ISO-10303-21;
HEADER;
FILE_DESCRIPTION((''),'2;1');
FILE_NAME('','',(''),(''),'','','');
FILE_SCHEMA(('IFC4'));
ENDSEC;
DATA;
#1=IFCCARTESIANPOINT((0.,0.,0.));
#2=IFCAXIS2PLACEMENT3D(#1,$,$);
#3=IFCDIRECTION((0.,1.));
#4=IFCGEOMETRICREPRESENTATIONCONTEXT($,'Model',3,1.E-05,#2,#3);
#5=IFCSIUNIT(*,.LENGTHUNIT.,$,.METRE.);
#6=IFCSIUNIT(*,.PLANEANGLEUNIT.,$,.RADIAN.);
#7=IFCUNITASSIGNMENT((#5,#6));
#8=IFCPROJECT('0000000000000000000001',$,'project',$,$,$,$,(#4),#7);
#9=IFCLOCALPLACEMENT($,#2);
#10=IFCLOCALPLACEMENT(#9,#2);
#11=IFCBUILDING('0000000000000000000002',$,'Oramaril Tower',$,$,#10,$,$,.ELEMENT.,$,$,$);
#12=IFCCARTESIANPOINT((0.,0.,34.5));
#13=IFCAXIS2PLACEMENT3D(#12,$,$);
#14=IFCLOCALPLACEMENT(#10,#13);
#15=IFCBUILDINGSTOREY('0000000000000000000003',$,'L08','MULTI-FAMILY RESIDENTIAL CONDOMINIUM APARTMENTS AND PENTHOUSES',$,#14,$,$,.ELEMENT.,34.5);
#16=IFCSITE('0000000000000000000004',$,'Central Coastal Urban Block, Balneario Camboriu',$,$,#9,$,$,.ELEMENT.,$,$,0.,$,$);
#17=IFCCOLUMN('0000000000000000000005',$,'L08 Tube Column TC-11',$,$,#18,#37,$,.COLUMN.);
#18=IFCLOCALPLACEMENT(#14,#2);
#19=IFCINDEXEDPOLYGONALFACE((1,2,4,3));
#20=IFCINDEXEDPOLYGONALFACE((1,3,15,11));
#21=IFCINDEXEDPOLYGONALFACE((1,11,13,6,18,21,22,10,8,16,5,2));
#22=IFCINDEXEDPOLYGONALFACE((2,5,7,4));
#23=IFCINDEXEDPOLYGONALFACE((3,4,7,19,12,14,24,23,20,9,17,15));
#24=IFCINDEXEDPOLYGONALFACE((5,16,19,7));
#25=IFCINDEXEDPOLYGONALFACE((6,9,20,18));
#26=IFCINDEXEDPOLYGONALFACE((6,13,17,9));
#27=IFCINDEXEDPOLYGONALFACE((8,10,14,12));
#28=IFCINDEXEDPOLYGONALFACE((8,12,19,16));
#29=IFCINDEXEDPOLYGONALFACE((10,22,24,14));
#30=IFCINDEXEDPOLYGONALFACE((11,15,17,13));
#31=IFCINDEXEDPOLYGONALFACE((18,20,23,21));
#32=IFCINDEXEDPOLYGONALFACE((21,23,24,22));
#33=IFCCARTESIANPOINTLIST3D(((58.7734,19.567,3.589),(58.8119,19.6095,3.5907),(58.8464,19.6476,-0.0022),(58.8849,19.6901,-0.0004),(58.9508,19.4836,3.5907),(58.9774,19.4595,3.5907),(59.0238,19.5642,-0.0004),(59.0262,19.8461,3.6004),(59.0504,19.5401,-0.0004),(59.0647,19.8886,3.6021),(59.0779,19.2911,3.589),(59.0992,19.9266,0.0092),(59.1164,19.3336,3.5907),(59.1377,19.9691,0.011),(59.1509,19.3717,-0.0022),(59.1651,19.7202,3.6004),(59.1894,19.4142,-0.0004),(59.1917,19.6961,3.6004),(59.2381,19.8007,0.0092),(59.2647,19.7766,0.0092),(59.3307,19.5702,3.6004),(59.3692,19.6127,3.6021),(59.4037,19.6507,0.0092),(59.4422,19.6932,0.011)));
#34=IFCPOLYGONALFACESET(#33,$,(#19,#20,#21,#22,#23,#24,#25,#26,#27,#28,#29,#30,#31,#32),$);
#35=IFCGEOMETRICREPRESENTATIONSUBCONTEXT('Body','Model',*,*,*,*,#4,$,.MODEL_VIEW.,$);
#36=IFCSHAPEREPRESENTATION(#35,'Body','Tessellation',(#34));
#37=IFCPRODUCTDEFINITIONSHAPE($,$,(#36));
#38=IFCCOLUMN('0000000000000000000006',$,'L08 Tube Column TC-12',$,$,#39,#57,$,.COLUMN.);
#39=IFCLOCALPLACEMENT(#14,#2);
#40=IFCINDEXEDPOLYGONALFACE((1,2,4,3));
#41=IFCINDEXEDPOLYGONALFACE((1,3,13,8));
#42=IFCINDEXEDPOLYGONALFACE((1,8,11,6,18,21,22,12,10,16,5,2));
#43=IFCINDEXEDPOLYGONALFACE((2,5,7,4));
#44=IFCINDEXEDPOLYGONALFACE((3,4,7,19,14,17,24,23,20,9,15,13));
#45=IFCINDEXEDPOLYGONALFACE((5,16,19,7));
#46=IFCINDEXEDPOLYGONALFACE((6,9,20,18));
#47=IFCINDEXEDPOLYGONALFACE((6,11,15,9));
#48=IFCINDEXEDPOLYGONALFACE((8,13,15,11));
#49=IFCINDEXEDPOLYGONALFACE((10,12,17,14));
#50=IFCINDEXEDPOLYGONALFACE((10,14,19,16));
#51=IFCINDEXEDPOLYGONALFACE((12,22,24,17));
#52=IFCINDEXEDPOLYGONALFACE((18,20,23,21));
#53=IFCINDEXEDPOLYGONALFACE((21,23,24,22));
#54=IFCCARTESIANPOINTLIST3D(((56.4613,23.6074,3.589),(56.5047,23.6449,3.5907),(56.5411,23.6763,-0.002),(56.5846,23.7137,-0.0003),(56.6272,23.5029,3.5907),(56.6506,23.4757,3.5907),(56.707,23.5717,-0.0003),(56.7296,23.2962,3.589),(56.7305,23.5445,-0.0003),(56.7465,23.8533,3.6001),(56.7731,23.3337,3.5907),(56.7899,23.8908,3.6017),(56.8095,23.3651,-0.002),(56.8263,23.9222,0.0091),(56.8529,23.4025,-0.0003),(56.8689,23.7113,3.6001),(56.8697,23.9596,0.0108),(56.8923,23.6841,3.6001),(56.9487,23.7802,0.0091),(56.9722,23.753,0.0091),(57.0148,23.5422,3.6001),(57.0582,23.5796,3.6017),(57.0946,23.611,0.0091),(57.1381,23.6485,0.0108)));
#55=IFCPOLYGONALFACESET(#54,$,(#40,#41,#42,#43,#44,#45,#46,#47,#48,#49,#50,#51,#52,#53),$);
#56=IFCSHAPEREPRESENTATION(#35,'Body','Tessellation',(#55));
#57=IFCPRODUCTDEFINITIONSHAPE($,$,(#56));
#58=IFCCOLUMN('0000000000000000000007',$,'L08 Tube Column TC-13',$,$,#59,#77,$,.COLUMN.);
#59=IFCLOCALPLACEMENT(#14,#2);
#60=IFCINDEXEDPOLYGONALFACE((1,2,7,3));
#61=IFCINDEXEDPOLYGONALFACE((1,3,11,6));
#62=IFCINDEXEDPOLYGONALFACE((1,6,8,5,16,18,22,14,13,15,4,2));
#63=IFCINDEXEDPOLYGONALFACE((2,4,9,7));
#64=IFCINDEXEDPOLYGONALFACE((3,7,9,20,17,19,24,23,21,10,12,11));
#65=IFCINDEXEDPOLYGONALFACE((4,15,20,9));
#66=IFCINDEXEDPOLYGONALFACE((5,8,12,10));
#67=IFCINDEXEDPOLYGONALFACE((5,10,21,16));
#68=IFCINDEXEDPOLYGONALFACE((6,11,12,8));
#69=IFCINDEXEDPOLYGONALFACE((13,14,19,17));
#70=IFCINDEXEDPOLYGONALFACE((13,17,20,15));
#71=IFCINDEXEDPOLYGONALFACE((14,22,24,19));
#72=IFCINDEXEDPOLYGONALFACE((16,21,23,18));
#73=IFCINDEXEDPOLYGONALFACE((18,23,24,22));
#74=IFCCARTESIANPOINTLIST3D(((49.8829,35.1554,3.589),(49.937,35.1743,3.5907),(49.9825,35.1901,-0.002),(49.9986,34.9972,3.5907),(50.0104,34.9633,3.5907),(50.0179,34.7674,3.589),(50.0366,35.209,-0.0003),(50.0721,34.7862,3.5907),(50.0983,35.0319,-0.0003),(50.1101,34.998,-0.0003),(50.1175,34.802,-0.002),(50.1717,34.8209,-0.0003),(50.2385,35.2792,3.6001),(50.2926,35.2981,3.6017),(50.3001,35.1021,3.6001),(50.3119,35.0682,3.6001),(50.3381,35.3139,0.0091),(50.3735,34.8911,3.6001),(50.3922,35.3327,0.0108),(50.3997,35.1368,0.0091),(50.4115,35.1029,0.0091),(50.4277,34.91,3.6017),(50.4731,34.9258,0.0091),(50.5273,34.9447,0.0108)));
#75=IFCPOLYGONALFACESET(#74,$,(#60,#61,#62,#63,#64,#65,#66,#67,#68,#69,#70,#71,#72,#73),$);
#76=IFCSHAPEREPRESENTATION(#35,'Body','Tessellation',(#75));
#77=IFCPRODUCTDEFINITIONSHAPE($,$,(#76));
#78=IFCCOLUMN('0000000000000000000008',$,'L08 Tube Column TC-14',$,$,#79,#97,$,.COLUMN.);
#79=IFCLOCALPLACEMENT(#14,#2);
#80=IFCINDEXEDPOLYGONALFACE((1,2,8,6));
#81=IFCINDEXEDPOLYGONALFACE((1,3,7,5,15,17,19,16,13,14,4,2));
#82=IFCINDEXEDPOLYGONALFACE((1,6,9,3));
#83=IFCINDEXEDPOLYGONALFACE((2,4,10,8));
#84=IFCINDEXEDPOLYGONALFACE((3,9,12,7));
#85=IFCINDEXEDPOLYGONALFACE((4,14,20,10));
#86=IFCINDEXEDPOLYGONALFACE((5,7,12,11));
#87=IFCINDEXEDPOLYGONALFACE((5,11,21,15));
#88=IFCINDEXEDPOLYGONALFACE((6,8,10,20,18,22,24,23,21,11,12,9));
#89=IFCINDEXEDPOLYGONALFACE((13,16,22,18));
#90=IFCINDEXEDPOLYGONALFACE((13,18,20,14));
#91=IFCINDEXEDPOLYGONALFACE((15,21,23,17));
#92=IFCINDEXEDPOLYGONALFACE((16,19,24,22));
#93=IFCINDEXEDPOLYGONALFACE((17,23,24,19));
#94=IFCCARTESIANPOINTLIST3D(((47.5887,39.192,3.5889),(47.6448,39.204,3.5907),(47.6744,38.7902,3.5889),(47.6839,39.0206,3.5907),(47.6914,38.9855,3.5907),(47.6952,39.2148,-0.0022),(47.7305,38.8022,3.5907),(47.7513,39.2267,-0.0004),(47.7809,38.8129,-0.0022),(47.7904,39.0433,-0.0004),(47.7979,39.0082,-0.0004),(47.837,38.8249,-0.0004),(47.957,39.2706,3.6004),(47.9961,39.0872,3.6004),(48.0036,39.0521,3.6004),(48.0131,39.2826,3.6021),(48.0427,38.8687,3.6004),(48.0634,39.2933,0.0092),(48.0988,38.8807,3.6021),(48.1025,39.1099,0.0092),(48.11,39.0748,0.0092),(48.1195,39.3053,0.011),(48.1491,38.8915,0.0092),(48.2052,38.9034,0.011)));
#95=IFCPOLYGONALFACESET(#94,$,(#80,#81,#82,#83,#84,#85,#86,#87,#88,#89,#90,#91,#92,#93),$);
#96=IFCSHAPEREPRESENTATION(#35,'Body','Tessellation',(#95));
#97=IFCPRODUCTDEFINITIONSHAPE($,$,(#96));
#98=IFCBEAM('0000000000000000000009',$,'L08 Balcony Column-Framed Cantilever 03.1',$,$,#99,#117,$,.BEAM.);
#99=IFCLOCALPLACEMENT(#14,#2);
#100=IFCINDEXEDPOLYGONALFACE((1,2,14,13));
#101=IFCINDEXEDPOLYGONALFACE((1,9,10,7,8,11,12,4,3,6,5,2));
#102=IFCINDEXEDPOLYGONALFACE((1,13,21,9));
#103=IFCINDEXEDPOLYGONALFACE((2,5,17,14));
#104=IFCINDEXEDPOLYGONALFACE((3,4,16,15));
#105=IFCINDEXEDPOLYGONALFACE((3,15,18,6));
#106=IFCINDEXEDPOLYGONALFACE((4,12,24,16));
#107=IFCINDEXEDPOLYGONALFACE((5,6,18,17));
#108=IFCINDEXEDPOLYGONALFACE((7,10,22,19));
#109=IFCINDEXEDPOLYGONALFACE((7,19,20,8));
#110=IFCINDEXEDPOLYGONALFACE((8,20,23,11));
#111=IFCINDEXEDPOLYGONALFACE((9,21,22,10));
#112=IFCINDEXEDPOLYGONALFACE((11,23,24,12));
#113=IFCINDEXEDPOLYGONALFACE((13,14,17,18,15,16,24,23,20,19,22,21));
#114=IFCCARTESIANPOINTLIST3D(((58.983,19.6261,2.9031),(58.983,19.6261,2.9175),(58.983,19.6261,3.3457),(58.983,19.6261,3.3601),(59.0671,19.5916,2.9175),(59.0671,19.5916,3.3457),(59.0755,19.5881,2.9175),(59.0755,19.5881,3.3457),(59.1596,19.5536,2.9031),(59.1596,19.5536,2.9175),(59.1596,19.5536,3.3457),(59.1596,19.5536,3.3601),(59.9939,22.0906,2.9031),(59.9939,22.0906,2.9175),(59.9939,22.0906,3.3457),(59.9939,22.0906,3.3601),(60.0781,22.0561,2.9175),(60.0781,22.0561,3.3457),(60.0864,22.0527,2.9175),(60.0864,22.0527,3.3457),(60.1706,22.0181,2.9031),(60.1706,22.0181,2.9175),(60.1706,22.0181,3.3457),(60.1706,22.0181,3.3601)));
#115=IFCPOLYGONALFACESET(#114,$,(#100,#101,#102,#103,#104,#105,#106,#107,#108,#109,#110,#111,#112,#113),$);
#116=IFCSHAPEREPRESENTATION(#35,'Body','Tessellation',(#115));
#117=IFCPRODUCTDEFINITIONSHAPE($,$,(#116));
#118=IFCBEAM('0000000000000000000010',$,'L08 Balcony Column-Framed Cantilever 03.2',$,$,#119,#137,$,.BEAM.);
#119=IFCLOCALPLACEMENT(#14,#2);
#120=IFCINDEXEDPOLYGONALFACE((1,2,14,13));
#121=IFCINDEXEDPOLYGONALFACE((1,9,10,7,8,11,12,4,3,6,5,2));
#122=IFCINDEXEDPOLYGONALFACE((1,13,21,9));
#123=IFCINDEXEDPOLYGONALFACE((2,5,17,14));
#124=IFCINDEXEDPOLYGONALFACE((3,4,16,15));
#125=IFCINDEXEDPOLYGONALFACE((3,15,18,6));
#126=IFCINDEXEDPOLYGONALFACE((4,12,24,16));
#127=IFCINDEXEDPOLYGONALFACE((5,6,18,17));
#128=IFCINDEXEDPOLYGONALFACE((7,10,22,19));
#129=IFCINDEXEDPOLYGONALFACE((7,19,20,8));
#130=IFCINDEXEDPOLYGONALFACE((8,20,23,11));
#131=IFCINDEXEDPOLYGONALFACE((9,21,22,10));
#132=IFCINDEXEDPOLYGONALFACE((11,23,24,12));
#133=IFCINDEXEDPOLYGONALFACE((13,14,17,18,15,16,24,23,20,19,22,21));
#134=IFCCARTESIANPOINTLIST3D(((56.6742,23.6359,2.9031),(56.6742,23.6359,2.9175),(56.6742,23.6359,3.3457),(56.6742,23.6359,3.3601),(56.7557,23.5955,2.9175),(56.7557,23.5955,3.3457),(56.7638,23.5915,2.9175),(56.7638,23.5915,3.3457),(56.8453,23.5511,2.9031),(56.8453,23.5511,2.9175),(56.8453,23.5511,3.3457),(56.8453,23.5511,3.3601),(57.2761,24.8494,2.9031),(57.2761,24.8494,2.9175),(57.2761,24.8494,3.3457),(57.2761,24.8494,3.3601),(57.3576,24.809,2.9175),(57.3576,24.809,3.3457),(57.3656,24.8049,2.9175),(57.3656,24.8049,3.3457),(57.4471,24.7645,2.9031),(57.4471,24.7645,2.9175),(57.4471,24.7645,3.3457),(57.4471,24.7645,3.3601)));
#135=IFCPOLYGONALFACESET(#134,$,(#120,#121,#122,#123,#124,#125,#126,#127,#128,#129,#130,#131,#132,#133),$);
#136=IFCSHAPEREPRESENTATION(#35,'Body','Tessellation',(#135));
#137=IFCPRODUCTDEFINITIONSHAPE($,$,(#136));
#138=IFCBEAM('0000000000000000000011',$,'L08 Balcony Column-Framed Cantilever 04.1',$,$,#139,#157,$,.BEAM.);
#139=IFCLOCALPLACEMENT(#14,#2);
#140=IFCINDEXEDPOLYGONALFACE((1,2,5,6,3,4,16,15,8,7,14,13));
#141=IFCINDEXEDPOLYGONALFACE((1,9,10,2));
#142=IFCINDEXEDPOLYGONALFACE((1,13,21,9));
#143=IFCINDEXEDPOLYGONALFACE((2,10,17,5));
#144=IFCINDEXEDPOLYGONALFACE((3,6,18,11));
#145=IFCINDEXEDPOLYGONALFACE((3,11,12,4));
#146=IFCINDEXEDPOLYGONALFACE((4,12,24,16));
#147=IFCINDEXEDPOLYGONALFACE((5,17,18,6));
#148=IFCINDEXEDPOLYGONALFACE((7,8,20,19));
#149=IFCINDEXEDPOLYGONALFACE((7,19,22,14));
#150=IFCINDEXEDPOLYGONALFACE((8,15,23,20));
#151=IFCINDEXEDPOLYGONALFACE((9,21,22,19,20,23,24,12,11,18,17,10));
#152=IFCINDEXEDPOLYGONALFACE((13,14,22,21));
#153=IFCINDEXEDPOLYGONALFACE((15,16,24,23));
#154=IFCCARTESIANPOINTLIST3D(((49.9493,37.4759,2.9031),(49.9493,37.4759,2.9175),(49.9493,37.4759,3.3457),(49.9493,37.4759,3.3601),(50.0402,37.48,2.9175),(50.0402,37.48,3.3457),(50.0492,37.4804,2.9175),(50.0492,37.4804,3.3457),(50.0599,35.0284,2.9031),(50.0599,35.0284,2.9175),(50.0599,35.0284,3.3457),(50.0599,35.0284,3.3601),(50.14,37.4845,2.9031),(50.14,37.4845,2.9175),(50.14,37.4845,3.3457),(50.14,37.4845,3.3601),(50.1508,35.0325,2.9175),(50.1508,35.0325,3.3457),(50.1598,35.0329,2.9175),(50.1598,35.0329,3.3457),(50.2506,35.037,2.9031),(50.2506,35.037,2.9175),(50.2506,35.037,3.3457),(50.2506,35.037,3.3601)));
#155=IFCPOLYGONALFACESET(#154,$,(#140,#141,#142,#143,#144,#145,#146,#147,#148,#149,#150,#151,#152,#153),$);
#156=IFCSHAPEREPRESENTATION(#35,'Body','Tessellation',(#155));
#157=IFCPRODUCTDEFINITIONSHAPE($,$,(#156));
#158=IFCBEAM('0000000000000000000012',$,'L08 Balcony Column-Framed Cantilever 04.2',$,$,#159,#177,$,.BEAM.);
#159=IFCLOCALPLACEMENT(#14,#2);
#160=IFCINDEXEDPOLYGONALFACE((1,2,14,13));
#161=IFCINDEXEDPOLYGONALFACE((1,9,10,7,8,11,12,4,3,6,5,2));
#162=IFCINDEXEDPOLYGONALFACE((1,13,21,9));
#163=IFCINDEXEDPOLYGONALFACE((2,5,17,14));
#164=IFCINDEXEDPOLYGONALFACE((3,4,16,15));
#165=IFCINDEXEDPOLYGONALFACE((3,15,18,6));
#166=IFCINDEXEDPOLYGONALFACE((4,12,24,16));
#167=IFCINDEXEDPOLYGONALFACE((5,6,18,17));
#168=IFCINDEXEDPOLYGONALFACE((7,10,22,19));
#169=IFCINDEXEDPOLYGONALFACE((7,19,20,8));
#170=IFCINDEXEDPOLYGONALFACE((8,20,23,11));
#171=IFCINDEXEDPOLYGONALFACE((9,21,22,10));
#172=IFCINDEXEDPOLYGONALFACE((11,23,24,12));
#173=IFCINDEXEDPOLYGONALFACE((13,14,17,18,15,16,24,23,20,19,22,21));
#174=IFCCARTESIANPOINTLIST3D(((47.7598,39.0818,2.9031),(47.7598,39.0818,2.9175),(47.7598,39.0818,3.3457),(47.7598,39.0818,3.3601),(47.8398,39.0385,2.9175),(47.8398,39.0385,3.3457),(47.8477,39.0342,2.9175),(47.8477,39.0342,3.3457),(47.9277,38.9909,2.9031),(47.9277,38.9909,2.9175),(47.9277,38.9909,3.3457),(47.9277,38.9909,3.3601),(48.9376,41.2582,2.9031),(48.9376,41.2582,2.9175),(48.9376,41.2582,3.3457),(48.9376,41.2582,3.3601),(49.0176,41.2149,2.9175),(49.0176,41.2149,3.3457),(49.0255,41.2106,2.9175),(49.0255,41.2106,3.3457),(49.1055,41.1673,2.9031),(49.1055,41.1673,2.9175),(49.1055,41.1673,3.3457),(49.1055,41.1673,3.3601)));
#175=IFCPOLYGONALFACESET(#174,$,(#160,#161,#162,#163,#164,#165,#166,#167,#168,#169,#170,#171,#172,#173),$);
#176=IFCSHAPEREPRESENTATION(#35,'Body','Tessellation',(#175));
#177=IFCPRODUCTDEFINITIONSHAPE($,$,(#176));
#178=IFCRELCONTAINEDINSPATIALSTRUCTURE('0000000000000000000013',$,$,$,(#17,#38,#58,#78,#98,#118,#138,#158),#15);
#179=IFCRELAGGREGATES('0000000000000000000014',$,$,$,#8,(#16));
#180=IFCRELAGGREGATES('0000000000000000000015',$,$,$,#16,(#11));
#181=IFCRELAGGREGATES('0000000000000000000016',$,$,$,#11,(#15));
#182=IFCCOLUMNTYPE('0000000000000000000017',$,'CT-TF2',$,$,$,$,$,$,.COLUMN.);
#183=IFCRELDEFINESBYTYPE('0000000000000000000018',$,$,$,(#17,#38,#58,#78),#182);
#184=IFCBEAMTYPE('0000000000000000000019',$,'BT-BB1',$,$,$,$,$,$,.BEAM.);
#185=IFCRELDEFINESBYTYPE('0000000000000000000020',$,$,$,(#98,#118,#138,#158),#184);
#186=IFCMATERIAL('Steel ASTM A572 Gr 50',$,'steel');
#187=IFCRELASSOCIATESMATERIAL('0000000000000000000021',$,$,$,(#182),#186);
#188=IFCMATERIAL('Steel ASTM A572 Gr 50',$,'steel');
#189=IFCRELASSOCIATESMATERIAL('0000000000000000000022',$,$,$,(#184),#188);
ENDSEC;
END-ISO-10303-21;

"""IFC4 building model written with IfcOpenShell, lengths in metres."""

from ifc_helpers import new_model, si_unit, direction, frame, origin, origin_2d, place, context, subcontext, project, spatial, i_section, extrude, material, material_profile, profile_set, type_object, element, save


model = new_model("IFC4")

# Units and contexts
model_context = context("Model", 3, precision=1e-05, world=origin(), true_north=direction((0.0, 1.0)))
body_context = subcontext(model_context, "Body", "Model", "MODEL_VIEW")
ifc_project = project(units=[si_unit("LENGTHUNIT", "METRE"), si_unit("PLANEANGLEUNIT", "RADIAN")], contexts=[model_context])

# Site, building, storey
site_placement = place(None, origin())
site = spatial("IfcSite", under=ifc_project, at=site_placement, Name="Central Coastal Urban Block, Balneario Camboriu", CompositionType="ELEMENT", RefElevation=0.0)
building_placement = place(site_placement, origin())
building = spatial("IfcBuilding", under=site, at=building_placement, Name="Oramaril Tower", CompositionType="ELEMENT")
storey_placement = place(building_placement, frame((0.0, 0.0, 34.5)))
storey = spatial("IfcBuildingStorey", under=building, at=storey_placement, Name="L08", Description="MULTI-FAMILY RESIDENTIAL CONDOMINIUM APARTMENTS AND PENTHOUSES", CompositionType="ELEMENT", Elevation=34.5)

# Columns
ifc_material_1 = material(Name="Steel ASTM A572 Gr 50", Category="steel")
ifc_material_profile_1 = material_profile(ifc_material_1, i_section(OverallWidth=0.4109, OverallDepth=0.4341, WebThickness=0.0359, FlangeThickness=0.0574, at=origin_2d()), Name="W14X311")
ifc_profile_set_1 = profile_set([ifc_material_profile_1], Name="Steel ASTM A572 Gr 50")
column_type = type_object("IfcColumnType", Name="CT-TF2", PredefinedType="COLUMN", material=ifc_profile_set_1)
column_1_placement = place(storey_placement, frame((59.1443, 19.6704, 0.0044), z_axis=(-0.020318, -0.022425, 0.999542), x_axis=(0.741057, -0.671442, 0.0)))
element("IfcColumn", 1, at=column_1_placement, inside=storey, type_object=column_type, Name="L08 Tube Column TC-11", PredefinedType="COLUMN", context=body_context, shape_type="SweptSolid", body=[
    extrude(i_section(OverallWidth=0.4109, OverallDepth=0.4341, WebThickness=0.0359, FlangeThickness=0.0574, at=origin_2d()), origin(), (0.0, 0.0, 1.0), 3.5928),
])
for number, where, z_axis, x_axis, name in (
    (2, (56.8396, 23.6624, 0.0044), (-0.022222, -0.019164, 0.999569), (0.653077, -0.757291, 0.0), "L08 Tube Column TC-12"),
    (3, (50.2549, 35.0674, 0.0044), (-0.027726, -0.00965, 0.999569), (0.3287, -0.944434, 0.0), "L08 Tube Column TC-13"),
):
    element("IfcColumn", number, at=place(storey_placement, frame(where, z_axis=z_axis, x_axis=x_axis)), inside=storey, type_object=column_type, Name=name, PredefinedType="COLUMN", context=body_context, shape_type="SweptSolid", body=[
        extrude(i_section(OverallWidth=0.4109, OverallDepth=0.4341, WebThickness=0.0359, FlangeThickness=0.0574, at=origin_2d()), origin(), (0.0, 0.0, 1.0), 3.5925),
    ])
column_2_placement = place(storey_placement, frame((47.9502, 39.0591, 0.0044), z_axis=(-0.029628, -0.00632, 0.999541), x_axis=(0.20861, -0.977999, 0.0)))
element("IfcColumn", 4, at=column_2_placement, inside=storey, type_object=column_type, Name="L08 Tube Column TC-14", PredefinedType="COLUMN", context=body_context, shape_type="SweptSolid", body=[
    extrude(i_section(OverallWidth=0.4109, OverallDepth=0.4341, WebThickness=0.0359, FlangeThickness=0.0574, at=origin_2d()), origin(), (0.0, 0.0, 1.0), 3.5928),
])

# Beams
ifc_material_2 = material(Name="Steel ASTM A572 Gr 50", Category="steel")
ifc_material_profile_2 = material_profile(ifc_material_2, i_section(OverallWidth=0.1909, OverallDepth=0.457, WebThickness=0.009, FlangeThickness=0.0144, at=origin_2d()), Name="W18X50")
ifc_profile_set_2 = profile_set([ifc_material_profile_2], Name="Steel ASTM A572 Gr 50")
beam_type_1 = type_object("IfcBeamType", Name="BT-BB1", PredefinedType="BEAM", material=ifc_profile_set_2)
beam_1_placement = place(storey_placement, frame((59.0713, 19.5898, 3.1316), z_axis=(0.379514, 0.925186, 0.0), x_axis=(-0.925186, 0.379514, 0.0)))
element("IfcBeam", 5, at=beam_1_placement, inside=storey, type_object=beam_type_1, Name="L08 Balcony Column-Framed Cantilever 03.1", PredefinedType="BEAM", context=body_context, shape_type="SweptSolid", body=[
    extrude(i_section(OverallWidth=0.1909, OverallDepth=0.457, WebThickness=0.009, FlangeThickness=0.0144, at=origin_2d()), origin(), (0.0, 0.0, 1.0), 2.6638),
])
beam_2_placement = place(storey_placement, frame((56.7598, 23.5935, 3.1316), z_axis=(0.444327, 0.895865, 0.0), x_axis=(-0.895865, 0.444327, 0.0)))
element("IfcBeam", 6, at=beam_2_placement, inside=storey, type_object=beam_type_1, Name="L08 Balcony Column-Framed Cantilever 03.2", PredefinedType="BEAM", context=body_context, shape_type="SweptSolid", body=[
    extrude(i_section(OverallWidth=0.1909, OverallDepth=0.457, WebThickness=0.009, FlangeThickness=0.0144, at=origin_2d()), origin(), (0.0, 0.0, 1.0), 1.3545),
])
beam_3_placement = place(storey_placement, frame((50.1553, 35.0327, 3.1316), z_axis=(-0.045141, 0.998981, 0.0), x_axis=(-0.998981, -0.045141, 0.0)))
element("IfcBeam", 7, at=beam_3_placement, inside=storey, type_object=beam_type_1, Name="L08 Balcony Column-Framed Cantilever 04.1", PredefinedType="BEAM", context=body_context, shape_type="SweptSolid", body=[
    extrude(i_section(OverallWidth=0.1909, OverallDepth=0.457, WebThickness=0.009, FlangeThickness=0.0144, at=origin_2d()), origin(), (0.0, 0.0, 1.0), 2.45),
])
beam_4_placement = place(storey_placement, frame((47.8438, 39.0364, 3.1316), z_axis=(0.475946, 0.879474, 0.0), x_axis=(-0.879474, 0.475946, 0.0)))
element("IfcBeam", 8, at=beam_4_placement, inside=storey, type_object=beam_type_1, Name="L08 Balcony Column-Framed Cantilever 04.2", PredefinedType="BEAM", context=body_context, shape_type="SweptSolid", body=[
    extrude(i_section(OverallWidth=0.1909, OverallDepth=0.457, WebThickness=0.009, FlangeThickness=0.0144, at=origin_2d()), origin(), (0.0, 0.0, 1.0), 2.4746),
])

save(model, "model.ifc")
